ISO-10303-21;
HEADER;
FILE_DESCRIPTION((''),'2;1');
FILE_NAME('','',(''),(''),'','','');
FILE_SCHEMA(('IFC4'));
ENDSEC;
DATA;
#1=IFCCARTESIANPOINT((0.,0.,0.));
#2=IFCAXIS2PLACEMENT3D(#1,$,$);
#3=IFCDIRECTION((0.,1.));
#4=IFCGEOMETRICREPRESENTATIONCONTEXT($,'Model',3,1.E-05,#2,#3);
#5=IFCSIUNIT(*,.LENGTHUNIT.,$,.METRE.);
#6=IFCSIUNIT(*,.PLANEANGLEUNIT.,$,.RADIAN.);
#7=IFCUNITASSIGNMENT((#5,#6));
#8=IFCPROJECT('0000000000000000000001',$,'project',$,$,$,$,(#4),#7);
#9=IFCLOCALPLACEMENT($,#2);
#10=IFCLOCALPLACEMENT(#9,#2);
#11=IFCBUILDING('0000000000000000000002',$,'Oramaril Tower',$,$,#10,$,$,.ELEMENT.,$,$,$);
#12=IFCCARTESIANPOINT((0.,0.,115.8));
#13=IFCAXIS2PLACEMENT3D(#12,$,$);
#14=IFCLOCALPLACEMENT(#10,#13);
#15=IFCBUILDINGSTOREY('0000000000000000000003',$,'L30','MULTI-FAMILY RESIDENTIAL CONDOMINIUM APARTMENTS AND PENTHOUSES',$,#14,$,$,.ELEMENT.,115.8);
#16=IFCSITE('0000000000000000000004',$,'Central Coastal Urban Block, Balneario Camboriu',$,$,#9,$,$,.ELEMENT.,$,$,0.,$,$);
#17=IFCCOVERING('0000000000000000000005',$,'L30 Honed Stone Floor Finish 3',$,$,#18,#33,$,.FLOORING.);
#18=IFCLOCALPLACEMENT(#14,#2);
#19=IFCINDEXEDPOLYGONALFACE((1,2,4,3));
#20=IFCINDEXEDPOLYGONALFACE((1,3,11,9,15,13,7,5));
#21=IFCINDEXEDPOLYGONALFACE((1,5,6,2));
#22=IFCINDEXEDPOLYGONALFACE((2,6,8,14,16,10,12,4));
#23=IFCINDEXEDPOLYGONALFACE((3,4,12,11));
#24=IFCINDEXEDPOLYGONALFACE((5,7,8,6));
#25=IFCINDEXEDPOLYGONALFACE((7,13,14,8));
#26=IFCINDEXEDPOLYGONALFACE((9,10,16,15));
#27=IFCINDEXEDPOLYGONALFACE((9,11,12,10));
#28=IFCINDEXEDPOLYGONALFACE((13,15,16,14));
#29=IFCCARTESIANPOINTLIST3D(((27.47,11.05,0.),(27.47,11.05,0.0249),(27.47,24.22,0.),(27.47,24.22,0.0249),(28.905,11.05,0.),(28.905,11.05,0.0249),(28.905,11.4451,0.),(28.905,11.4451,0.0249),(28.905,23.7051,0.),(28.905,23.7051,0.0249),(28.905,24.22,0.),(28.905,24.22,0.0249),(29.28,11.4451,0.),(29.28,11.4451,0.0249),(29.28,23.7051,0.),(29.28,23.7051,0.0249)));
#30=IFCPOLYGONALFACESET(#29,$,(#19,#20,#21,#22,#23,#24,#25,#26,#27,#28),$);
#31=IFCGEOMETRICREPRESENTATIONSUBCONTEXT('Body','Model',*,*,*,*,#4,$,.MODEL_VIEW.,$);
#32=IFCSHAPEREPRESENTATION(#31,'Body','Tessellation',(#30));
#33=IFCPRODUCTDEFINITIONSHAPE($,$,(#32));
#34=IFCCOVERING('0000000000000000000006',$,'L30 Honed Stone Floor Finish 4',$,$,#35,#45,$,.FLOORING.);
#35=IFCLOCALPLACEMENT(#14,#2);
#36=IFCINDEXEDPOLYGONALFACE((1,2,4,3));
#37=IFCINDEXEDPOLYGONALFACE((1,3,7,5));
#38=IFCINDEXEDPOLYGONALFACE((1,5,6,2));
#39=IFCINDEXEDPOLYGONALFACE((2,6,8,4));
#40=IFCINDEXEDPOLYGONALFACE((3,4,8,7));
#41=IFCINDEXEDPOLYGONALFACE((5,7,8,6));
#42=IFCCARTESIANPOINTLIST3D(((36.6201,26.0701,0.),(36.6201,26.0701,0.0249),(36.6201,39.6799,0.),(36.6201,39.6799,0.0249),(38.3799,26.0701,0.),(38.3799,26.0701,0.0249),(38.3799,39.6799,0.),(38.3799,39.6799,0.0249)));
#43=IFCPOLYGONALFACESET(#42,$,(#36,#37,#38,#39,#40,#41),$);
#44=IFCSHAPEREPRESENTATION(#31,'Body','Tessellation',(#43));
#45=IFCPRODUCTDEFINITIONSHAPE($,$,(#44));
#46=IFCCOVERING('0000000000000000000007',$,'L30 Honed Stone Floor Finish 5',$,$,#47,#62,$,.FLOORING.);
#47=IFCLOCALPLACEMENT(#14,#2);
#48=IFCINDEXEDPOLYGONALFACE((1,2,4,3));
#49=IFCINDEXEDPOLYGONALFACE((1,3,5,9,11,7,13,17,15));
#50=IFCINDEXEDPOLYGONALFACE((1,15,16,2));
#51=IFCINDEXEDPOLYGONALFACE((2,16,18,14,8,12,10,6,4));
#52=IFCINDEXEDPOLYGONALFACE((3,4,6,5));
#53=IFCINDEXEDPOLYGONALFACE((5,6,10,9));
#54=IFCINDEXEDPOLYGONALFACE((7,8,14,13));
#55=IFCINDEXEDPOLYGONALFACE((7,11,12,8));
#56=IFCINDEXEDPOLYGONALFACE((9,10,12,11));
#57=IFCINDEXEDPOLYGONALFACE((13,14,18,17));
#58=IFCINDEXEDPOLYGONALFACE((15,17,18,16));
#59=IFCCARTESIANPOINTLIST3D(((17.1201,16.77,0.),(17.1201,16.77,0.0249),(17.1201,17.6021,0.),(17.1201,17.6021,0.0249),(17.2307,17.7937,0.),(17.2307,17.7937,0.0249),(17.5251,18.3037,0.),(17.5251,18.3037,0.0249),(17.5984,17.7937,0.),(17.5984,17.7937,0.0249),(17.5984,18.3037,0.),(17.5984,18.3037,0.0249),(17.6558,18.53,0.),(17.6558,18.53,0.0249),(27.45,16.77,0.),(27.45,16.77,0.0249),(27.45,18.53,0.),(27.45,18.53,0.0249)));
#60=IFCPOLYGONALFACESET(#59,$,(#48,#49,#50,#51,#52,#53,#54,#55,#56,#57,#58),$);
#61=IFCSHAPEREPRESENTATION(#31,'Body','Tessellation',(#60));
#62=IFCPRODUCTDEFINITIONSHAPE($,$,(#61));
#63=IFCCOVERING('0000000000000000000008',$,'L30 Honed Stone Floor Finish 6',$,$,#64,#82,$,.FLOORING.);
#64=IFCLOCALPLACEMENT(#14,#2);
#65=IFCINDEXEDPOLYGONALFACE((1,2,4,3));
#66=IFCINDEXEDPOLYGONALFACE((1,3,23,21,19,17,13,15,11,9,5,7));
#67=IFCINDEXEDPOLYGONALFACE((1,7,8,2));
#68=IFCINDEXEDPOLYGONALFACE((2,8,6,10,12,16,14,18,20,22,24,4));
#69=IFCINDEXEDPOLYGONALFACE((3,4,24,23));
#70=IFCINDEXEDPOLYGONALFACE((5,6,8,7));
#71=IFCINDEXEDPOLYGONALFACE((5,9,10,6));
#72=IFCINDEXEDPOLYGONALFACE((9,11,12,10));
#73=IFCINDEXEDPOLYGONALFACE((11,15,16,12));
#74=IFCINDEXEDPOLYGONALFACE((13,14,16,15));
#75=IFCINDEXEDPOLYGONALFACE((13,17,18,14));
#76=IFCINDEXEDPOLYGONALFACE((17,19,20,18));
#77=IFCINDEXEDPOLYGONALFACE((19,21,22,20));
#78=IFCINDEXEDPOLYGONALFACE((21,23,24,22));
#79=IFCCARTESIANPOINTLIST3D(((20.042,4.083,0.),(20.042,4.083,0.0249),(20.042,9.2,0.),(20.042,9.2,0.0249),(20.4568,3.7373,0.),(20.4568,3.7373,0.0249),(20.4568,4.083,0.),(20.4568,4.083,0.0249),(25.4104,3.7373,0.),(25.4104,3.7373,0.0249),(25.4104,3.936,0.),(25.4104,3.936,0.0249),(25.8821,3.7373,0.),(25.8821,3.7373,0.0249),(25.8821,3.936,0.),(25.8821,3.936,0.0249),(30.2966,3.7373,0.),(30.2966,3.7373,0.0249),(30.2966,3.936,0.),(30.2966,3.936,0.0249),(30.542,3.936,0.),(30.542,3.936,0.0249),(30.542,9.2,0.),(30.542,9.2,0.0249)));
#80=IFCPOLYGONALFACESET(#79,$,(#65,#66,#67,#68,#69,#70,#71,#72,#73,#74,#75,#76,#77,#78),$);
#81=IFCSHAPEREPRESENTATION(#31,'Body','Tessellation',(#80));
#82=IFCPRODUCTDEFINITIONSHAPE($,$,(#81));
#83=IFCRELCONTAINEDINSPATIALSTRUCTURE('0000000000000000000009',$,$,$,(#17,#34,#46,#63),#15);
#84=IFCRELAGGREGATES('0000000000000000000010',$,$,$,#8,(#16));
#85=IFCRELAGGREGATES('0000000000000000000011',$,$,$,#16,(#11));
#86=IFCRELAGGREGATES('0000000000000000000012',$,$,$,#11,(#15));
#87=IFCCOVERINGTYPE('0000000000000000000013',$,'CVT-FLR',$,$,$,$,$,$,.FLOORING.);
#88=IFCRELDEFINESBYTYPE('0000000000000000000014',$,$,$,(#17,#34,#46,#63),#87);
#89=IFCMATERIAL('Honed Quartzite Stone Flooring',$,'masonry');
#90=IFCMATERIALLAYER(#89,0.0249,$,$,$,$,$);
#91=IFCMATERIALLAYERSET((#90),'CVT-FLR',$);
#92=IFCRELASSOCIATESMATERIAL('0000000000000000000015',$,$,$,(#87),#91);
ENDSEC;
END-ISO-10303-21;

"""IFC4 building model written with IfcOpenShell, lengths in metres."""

from ifc_helpers import new_model, si_unit, direction, frame, origin, place, context, subcontext, project, spatial, polyline, outline, extrude, material, layer, layer_set, type_object, element, save


model = new_model("IFC4")

# Units and contexts
model_context = context("Model", 3, precision=1e-05, world=origin(), true_north=direction((0.0, 1.0)))
body_context = subcontext(model_context, "Body", "Model", "MODEL_VIEW")
ifc_project = project(units=[si_unit("LENGTHUNIT", "METRE"), si_unit("PLANEANGLEUNIT", "RADIAN")], contexts=[model_context])

# Site, building, storey
site_placement = place(None, origin())
site = spatial("IfcSite", under=ifc_project, at=site_placement, Name="Central Coastal Urban Block, Balneario Camboriu", CompositionType="ELEMENT", RefElevation=0.0)
building_placement = place(site_placement, origin())
building = spatial("IfcBuilding", under=site, at=building_placement, Name="Oramaril Tower", CompositionType="ELEMENT")
storey_placement = place(building_placement, frame((0.0, 0.0, 115.8)))
storey = spatial("IfcBuildingStorey", under=building, at=storey_placement, Name="L30", Description="MULTI-FAMILY RESIDENTIAL CONDOMINIUM APARTMENTS AND PENTHOUSES", CompositionType="ELEMENT", Elevation=115.8)

# Coverings
ifc_material_1 = material(Name="Honed Quartzite Stone Flooring", Category="masonry")
ifc_layer_1 = layer(ifc_material_1, 0.0249)
ifc_layer_set_1 = layer_set([ifc_layer_1], Name="CVT-FLR")
covering_type_1 = type_object("IfcCoveringType", Name="CVT-FLR", PredefinedType="FLOORING", material=ifc_layer_set_1)
covering_1_placement = place(storey_placement, origin())
element("IfcCovering", 1, at=covering_1_placement, inside=storey, type_object=covering_type_1, Name="L30 Honed Stone Floor Finish 3", PredefinedType="FLOORING", context=body_context, shape_type="SweptSolid", body=[
    extrude(outline(polyline([(28.905, 23.7051), (29.28, 23.7051), (29.28, 11.4451), (28.905, 11.4451), (28.905, 11.05), (27.47, 11.05), (27.47, 24.22), (28.905, 24.22), (28.905, 23.7051)])), origin(), (0.0, 0.0, 1.0), 0.0249),
])
covering_2_placement = place(storey_placement, origin())
element("IfcCovering", 2, at=covering_2_placement, inside=storey, type_object=covering_type_1, Name="L30 Honed Stone Floor Finish 4", PredefinedType="FLOORING", context=body_context, shape_type="SweptSolid", body=[
    extrude(outline(polyline([(38.3799, 26.0701), (36.6201, 26.0701), (36.6201, 39.6799), (38.3799, 39.6799), (38.3799, 26.0701)])), origin(), (0.0, 0.0, 1.0), 0.0249),
])
covering_3_placement = place(storey_placement, origin())
element("IfcCovering", 3, at=covering_3_placement, inside=storey, type_object=covering_type_1, Name="L30 Honed Stone Floor Finish 5", PredefinedType="FLOORING", context=body_context, shape_type="SweptSolid", body=[
    extrude(outline(polyline([(17.1201, 16.77), (17.1201, 17.6021), (17.2307, 17.7937), (17.5984, 17.7937), (17.5984, 18.3037), (17.5251, 18.3037), (17.6558, 18.53), (27.45, 18.53), (27.45, 16.77), (17.1201, 16.77)])), origin(), (0.0, 0.0, 1.0), 0.0249),
])
covering_4_placement = place(storey_placement, origin())
element("IfcCovering", 4, at=covering_4_placement, inside=storey, type_object=covering_type_1, Name="L30 Honed Stone Floor Finish 6", PredefinedType="FLOORING", context=body_context, shape_type="SweptSolid", body=[
    extrude(outline(polyline([(25.8821, 3.936), (25.4104, 3.936), (25.4104, 3.7373), (20.4568, 3.7373), (20.4568, 4.083), (20.042, 4.083), (20.042, 9.2), (30.542, 9.2), (30.542, 3.936), (30.2966, 3.936), (30.2966, 3.7373), (25.8821, 3.7373), (25.8821, 3.936)])), origin(), (0.0, 0.0, 1.0), 0.0249),
])

save(model, "model.ifc")
